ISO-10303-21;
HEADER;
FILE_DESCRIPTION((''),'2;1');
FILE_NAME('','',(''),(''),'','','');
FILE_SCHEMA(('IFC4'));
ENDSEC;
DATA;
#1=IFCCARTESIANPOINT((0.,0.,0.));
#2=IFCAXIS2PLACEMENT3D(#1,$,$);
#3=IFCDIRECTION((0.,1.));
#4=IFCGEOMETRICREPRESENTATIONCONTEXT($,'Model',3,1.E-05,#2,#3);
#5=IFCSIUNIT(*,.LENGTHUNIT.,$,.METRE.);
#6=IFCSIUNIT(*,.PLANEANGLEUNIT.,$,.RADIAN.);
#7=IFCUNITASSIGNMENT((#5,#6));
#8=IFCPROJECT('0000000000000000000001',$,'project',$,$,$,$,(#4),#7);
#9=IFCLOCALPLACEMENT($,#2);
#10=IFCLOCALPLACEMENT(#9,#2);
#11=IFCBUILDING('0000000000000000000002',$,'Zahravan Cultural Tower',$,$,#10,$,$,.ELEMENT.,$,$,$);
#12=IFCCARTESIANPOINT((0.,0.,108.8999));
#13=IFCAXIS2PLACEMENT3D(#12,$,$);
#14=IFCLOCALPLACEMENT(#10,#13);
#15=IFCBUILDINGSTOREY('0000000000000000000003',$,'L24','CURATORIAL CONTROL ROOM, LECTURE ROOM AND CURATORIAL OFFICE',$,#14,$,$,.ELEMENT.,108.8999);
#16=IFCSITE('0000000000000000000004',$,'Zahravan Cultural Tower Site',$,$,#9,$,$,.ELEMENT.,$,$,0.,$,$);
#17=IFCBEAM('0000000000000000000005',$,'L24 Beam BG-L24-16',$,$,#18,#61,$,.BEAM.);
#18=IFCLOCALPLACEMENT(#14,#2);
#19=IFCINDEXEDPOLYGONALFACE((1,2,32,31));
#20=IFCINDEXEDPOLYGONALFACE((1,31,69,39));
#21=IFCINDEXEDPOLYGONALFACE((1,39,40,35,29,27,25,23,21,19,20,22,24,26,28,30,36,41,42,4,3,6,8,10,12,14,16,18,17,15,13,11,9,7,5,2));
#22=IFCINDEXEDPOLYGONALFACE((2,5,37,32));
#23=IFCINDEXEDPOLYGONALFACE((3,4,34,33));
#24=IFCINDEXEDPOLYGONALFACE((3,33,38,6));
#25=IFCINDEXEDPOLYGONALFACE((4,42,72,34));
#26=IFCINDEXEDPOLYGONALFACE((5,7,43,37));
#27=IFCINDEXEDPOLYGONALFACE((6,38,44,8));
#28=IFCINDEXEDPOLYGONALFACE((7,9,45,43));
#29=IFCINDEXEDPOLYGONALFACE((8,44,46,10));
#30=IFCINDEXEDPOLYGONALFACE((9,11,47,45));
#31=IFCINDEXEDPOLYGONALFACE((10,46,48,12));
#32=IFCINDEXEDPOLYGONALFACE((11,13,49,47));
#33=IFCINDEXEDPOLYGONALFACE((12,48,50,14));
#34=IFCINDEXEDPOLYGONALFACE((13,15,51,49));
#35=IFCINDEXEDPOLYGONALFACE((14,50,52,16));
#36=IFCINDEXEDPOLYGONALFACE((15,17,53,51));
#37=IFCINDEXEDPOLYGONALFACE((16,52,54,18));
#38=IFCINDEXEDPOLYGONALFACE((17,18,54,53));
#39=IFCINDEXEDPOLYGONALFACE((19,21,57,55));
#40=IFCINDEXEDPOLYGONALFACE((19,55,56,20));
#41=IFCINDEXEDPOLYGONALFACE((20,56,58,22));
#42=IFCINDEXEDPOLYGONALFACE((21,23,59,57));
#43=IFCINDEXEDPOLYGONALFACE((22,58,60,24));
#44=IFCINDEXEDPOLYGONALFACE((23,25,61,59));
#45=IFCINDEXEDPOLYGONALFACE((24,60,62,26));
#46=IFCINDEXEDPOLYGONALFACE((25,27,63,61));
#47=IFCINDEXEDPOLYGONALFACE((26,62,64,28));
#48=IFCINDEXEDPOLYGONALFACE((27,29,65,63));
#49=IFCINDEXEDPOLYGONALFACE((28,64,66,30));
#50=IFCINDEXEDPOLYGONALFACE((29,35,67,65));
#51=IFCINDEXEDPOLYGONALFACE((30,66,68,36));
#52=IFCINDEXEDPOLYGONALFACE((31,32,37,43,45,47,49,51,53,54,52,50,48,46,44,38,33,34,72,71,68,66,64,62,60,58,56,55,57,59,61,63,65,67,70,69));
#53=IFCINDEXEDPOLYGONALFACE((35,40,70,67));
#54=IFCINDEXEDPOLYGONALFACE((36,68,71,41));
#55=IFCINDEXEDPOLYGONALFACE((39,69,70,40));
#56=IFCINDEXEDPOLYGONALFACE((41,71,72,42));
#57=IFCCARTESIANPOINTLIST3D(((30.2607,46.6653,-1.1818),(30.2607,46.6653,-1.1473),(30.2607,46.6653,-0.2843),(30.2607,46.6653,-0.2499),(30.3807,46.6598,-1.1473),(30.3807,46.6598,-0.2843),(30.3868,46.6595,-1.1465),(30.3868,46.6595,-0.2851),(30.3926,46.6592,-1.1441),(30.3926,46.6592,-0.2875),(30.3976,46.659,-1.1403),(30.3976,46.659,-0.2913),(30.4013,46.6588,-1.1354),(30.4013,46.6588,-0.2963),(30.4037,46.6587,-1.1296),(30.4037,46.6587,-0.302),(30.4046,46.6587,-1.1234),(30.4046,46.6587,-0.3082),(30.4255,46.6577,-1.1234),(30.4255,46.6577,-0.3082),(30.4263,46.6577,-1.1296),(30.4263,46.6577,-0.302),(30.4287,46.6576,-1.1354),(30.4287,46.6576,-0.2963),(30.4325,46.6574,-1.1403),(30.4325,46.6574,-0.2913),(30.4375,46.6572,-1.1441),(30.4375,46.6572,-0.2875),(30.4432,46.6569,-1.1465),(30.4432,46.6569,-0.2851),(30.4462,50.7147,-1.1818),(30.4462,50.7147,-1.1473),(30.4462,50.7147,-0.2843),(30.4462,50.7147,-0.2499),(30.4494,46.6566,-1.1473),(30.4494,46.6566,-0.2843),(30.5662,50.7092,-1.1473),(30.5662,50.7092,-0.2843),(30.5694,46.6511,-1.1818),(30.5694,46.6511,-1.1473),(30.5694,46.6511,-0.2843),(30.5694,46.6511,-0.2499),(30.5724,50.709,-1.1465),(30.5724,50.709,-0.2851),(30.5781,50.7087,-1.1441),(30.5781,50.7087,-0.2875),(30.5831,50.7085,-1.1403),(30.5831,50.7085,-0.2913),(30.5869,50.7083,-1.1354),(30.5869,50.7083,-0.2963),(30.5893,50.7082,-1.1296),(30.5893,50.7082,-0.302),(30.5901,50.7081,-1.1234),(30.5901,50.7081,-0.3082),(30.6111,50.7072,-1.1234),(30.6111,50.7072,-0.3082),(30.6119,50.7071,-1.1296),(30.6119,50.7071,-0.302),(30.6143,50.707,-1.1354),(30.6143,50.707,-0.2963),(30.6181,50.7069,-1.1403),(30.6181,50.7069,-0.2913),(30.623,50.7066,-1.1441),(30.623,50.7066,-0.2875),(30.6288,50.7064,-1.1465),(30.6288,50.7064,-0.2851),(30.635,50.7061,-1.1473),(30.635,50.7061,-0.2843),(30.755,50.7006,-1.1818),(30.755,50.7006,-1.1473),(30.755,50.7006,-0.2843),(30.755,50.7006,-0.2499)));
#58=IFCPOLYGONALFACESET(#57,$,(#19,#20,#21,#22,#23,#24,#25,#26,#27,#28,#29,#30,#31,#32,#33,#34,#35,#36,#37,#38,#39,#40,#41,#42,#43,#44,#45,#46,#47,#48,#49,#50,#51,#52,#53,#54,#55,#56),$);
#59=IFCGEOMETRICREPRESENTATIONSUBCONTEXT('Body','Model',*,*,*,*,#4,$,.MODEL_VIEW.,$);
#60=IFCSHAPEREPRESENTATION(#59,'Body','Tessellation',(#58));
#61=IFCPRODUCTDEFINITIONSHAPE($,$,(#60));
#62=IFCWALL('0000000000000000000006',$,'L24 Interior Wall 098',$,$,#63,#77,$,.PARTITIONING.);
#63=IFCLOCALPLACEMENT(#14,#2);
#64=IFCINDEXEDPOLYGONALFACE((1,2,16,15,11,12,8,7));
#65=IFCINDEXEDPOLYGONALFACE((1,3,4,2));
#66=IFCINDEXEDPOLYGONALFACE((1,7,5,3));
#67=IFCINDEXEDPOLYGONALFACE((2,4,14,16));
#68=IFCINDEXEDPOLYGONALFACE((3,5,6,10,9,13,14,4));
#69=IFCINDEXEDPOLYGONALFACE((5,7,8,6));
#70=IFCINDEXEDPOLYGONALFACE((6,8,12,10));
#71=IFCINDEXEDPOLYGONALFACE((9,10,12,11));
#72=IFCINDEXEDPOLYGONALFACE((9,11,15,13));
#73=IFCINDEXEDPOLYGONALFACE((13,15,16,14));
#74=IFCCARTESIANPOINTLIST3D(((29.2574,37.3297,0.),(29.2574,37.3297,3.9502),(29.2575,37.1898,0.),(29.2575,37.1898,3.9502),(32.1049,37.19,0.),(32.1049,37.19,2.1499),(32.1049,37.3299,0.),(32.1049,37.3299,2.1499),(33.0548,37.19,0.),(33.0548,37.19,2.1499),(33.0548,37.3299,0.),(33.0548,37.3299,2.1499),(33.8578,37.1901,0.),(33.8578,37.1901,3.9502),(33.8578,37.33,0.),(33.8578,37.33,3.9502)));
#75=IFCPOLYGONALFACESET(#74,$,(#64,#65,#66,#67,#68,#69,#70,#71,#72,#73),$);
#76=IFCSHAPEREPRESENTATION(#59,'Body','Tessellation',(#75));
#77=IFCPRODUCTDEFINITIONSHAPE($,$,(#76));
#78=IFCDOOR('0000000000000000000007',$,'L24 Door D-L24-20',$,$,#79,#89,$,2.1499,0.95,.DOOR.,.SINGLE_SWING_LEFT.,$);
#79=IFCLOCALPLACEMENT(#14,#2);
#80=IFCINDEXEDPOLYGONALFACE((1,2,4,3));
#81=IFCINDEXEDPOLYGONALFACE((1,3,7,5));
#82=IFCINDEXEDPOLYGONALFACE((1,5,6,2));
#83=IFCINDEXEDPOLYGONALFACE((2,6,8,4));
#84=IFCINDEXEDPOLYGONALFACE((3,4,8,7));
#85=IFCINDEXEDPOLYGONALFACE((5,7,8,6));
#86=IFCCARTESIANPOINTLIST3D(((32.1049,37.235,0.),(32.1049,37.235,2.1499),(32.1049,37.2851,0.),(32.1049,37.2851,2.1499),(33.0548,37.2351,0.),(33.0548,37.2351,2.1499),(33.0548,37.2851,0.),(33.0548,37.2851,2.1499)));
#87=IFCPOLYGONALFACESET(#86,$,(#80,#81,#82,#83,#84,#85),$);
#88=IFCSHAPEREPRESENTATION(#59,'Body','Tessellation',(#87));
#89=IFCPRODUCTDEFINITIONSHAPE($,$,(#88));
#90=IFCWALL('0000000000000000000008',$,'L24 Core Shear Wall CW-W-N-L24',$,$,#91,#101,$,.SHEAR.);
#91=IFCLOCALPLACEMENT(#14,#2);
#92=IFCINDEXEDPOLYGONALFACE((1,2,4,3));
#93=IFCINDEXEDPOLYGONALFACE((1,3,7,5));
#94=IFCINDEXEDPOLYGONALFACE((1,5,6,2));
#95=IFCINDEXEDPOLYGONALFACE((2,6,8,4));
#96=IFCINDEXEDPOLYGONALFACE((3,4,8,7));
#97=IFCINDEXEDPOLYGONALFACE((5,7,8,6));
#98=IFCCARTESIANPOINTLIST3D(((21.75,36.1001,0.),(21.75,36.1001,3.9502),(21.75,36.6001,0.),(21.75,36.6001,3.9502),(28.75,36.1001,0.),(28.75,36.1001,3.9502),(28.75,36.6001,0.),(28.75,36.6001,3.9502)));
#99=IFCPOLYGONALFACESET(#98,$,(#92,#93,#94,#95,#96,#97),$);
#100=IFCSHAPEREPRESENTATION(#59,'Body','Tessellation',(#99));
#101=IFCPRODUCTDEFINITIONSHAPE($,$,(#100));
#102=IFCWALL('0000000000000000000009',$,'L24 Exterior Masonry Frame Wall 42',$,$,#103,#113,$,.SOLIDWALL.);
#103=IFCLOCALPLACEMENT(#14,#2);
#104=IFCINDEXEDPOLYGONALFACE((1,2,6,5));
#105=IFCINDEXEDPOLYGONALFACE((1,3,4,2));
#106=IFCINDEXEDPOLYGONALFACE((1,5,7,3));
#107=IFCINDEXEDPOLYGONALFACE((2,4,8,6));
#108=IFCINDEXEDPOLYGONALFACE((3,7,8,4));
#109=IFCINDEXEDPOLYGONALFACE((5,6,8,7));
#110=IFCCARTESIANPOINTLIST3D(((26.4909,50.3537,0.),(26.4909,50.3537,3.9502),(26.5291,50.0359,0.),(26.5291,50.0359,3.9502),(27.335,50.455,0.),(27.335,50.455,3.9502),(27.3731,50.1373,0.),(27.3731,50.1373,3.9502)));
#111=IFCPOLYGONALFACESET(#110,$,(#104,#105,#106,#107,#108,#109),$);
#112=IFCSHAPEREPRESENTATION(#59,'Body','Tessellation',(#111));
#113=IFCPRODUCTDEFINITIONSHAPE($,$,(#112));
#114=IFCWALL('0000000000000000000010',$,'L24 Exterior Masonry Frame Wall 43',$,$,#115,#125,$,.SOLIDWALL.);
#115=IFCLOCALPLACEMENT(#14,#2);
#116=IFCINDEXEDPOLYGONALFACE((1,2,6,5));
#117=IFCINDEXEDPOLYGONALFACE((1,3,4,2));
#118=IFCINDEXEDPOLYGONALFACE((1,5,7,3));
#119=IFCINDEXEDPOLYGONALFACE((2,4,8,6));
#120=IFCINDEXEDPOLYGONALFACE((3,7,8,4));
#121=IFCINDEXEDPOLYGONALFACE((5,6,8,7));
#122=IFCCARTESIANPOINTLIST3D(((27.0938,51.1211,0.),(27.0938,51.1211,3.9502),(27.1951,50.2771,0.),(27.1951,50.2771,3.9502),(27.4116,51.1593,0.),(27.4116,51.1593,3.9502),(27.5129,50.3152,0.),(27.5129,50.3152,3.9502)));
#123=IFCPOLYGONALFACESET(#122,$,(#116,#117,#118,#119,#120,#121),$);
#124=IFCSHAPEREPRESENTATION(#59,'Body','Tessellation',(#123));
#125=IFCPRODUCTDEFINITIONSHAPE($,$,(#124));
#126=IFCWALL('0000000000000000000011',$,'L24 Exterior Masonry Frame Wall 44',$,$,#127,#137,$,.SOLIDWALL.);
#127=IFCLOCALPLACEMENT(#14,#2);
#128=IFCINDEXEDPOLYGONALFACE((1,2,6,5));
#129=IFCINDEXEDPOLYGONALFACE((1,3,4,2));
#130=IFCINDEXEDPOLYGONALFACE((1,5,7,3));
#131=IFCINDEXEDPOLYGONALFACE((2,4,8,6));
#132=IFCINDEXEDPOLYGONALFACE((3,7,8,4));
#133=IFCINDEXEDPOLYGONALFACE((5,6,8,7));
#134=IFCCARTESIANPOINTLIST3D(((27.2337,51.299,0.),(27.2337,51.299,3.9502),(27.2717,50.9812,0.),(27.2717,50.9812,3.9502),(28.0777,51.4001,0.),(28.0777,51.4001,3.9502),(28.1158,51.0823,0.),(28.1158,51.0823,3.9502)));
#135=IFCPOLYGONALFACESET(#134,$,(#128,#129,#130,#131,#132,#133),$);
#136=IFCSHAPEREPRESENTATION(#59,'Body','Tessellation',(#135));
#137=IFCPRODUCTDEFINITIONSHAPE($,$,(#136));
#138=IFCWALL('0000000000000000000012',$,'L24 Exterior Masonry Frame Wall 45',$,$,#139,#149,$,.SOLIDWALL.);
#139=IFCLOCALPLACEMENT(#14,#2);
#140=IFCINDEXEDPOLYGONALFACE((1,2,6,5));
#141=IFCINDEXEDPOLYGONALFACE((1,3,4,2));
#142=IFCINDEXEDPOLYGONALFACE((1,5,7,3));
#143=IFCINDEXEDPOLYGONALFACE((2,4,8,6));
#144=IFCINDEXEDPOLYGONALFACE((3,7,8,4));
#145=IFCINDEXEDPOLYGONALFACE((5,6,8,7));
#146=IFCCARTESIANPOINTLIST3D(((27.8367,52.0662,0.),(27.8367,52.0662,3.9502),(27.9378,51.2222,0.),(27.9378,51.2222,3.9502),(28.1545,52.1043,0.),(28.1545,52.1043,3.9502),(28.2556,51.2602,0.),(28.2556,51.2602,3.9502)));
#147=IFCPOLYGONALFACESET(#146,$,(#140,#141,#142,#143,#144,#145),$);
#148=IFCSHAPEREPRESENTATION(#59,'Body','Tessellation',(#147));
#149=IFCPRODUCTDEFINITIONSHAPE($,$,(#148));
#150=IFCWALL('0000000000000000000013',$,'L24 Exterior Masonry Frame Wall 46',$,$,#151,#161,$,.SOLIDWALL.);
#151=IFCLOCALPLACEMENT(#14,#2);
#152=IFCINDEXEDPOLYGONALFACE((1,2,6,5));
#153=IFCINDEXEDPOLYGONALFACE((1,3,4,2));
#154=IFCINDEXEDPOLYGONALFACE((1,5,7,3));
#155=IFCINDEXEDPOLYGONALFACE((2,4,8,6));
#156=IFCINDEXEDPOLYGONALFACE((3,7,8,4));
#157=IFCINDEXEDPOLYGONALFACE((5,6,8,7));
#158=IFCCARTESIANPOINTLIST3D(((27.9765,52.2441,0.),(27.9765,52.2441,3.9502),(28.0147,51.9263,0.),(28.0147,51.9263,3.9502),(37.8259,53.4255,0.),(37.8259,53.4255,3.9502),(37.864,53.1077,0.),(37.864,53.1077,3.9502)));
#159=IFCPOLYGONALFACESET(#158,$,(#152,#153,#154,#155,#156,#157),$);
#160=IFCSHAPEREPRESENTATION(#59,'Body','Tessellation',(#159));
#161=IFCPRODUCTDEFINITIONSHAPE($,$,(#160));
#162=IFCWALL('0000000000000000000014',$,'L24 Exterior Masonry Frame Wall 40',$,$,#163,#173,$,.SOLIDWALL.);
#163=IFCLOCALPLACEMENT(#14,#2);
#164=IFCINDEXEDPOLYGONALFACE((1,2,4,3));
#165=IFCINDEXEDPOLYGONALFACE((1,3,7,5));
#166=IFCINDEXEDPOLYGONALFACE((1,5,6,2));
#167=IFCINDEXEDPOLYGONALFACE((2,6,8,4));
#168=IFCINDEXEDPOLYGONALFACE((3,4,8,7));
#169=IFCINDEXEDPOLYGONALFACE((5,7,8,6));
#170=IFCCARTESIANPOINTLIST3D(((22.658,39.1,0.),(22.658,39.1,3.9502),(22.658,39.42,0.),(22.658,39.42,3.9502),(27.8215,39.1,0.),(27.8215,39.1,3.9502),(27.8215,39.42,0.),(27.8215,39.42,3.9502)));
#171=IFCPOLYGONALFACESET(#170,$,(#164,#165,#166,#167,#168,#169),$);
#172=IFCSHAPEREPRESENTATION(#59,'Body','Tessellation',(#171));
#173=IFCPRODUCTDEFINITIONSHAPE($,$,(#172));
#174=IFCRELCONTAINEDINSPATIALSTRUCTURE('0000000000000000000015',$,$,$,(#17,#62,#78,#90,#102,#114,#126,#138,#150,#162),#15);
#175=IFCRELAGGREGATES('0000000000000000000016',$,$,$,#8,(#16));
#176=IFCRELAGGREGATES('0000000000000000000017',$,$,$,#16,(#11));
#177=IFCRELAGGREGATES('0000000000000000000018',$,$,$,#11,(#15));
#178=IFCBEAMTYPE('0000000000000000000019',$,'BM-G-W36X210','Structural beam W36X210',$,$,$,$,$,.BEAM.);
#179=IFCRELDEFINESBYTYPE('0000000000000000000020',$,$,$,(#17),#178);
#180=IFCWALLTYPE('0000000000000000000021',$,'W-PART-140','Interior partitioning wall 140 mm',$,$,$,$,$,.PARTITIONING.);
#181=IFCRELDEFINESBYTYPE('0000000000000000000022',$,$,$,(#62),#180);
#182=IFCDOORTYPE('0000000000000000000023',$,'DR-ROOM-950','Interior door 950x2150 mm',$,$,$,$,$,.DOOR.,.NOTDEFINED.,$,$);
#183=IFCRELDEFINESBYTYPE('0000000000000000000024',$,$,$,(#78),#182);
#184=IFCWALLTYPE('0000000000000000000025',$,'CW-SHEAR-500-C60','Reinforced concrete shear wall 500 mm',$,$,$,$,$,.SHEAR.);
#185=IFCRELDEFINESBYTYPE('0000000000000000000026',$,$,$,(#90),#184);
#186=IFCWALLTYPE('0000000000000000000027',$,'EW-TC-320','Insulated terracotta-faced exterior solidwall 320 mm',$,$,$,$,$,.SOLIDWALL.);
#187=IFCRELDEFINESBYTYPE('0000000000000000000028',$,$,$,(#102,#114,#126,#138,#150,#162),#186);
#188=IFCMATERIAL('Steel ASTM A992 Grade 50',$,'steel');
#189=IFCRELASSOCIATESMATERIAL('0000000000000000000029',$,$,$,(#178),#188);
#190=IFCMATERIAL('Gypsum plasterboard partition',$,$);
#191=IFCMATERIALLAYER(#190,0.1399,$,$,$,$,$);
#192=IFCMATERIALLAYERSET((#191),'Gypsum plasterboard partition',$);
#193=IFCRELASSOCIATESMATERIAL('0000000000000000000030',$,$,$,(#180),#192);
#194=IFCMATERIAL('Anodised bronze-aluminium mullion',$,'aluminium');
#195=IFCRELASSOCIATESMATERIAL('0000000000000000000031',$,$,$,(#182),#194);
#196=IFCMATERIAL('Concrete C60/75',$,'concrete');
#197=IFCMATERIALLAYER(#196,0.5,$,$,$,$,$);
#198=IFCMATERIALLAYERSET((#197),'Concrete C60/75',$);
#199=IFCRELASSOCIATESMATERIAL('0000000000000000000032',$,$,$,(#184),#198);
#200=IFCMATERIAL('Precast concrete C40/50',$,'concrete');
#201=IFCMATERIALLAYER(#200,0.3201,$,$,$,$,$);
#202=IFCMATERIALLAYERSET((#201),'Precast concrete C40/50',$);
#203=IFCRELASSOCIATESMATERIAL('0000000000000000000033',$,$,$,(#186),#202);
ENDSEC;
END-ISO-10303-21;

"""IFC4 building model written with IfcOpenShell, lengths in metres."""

from ifc_helpers import new_model, si_unit, direction, frame, frame_2d, origin, origin_2d, place, context, subcontext, project, spatial, rectangle, i_section, extrude, source, transform, mapped, material, layer, layer_set, material_profile, profile_set, type_object, element, fill, save


model = new_model("IFC4")

# Units and contexts
model_context = context("Model", 3, precision=1e-05, world=origin(), true_north=direction((0.0, 1.0)))
body_context = subcontext(model_context, "Body", "Model", "MODEL_VIEW")
ifc_project = project(units=[si_unit("LENGTHUNIT", "METRE"), si_unit("PLANEANGLEUNIT", "RADIAN")], contexts=[model_context])

# Site, building, storey
site_placement = place(None, origin())
site = spatial("IfcSite", under=ifc_project, at=site_placement, Name="Zahravan Cultural Tower Site", CompositionType="ELEMENT", RefElevation=0.0)
building_placement = place(site_placement, origin())
building = spatial("IfcBuilding", under=site, at=building_placement, Name="Zahravan Cultural Tower", CompositionType="ELEMENT")
storey_placement = place(building_placement, frame((0.0, 0.0, 108.8999)))
storey = spatial("IfcBuildingStorey", under=building, at=storey_placement, Name="L24", Description="CURATORIAL CONTROL ROOM, LECTURE ROOM AND CURATORIAL OFFICE", CompositionType="ELEMENT", Elevation=108.8999)

# Shared definitions
ifc_material_1 = material(Name="Concrete C60/75", Category="concrete")
ifc_material_2 = material(Name="Steel ASTM A992 Grade 50", Category="steel")

# Beam
ifc_material_profile_1 = material_profile(ifc_material_2, i_section(OverallWidth=0.3091, OverallDepth=0.9319, WebThickness=0.021, FlangeThickness=0.0344, FilletRadius=0.0239, at=origin_2d()), Name="W36X210")
ifc_profile_set_1 = profile_set([ifc_material_profile_1], Name="Steel ASTM A992 Grade 50")
beam_type_1 = type_object("IfcBeamType", Name="BM-G-W36X210", Description="Structural beam W36X210", PredefinedType="BEAM", material=ifc_profile_set_1)
shared_shape_1 = source(origin(), body_context, "Body", "SweptSolid", [
    extrude(i_section(OverallWidth=0.3091, OverallDepth=0.9319, WebThickness=0.021, FlangeThickness=0.0344, FilletRadius=0.0239, at=origin_2d()), origin(), (0.0, 0.0, 1.0), 4.0537),
])
beam_1_placement = place(storey_placement, frame((30.415, 46.6582, -0.7158), z_axis=(0.045771, 0.998952, 0.0), x_axis=(-0.998952, 0.045771, 0.0)))
element("IfcBeam", 1, at=beam_1_placement, inside=storey, type_object=beam_type_1, Name="L24 Beam BG-L24-16", PredefinedType="BEAM", context=body_context, shape_type="MappedRepresentation", body=[
    mapped(shared_shape_1, transform((0.0, 0.0, 0.0), x_axis=(1.0, 0.0, 0.0), y_axis=(0.0, 1.0, 0.0), z_axis=(0.0, 0.0, 1.0), scale=1.0)),
])

# Wall, opening, door
ifc_material_3 = material(Name="Gypsum plasterboard partition")
ifc_layer_1 = layer(ifc_material_3, 0.1399)
ifc_layer_set_1 = layer_set([ifc_layer_1], Name="Gypsum plasterboard partition")
wall_type_1 = type_object("IfcWallType", Name="W-PART-140", Description="Interior partitioning wall 140 mm", PredefinedType="PARTITIONING", material=ifc_layer_set_1)
wall_1_placement = place(storey_placement, frame((33.8579, 37.26, 0.0), z_axis=(0.0, 0.0, 1.0), x_axis=(-1.0, -0.000053, 0.0)))
wall_1 = element("IfcWall", 2, at=wall_1_placement, inside=storey, type_object=wall_type_1, Name="L24 Interior Wall 098", PredefinedType="PARTITIONING", context=body_context, shape_type="SweptSolid", body=[
    extrude(rectangle(XDim=4.6003, YDim=0.1399, at=frame_2d((2.3003, 0.0))), origin(), (0.0, 0.0, 1.0), 3.9502),
])
opening_placement = place(wall_1_placement, frame((0.803, 0.0, 0.0)))
opening = element("IfcOpeningElement", 3, at=opening_placement, cuts=wall_1, PredefinedType="OPENING", context=body_context, shape_type="SweptSolid", body=[
    extrude(rectangle(XDim=0.95, YDim=2.1499, at=frame_2d((0.4751, 1.075))), frame((0.0, 0.0798, 0.0), z_axis=(0.0, -1.0, 0.0), x_axis=(1.0, 0.0, 0.0)), (0.0, 0.0, 1.0), 0.1599),
])
ifc_material_4 = material(Name="Anodised bronze-aluminium mullion", Category="aluminium")
door_type = type_object("IfcDoorType", Name="DR-ROOM-950", Description="Interior door 950x2150 mm", OperationType="NOTDEFINED", PredefinedType="DOOR", material=ifc_material_4)
shared_shape_2 = source(origin(), body_context, "Body", "SweptSolid", [
    extrude(rectangle(XDim=0.95, YDim=2.1499, at=frame_2d((0.4751, 1.075))), frame((0.0, 0.0249, 0.0), z_axis=(0.0, -1.0, 0.0), x_axis=(1.0, 0.0, 0.0)), (0.0, 0.0, 1.0), 0.05),
])
door_placement = place(opening_placement, origin())
door = element("IfcDoor", 4, at=door_placement, inside=storey, type_object=door_type, Name="L24 Door D-L24-20", OperationType="SINGLE_SWING_LEFT", OverallHeight=2.1499, OverallWidth=0.95, PredefinedType="DOOR", context=body_context, shape_type="MappedRepresentation", body=[
    mapped(shared_shape_2, transform((0.0, 0.0, 0.0), x_axis=(1.0, 0.0, 0.0), y_axis=(0.0, 1.0, 0.0), z_axis=(0.0, 0.0, 1.0), scale=1.0)),
])
fill(opening, door)

# Walls
ifc_layer_2 = layer(ifc_material_1, 0.5)
ifc_layer_set_2 = layer_set([ifc_layer_2], Name="Concrete C60/75")
wall_type_2 = type_object("IfcWallType", Name="CW-SHEAR-500-C60", Description="Reinforced concrete shear wall 500 mm", PredefinedType="SHEAR", material=ifc_layer_set_2)
shared_shape_3 = source(origin(), body_context, "Body", "SweptSolid", [
    extrude(rectangle(XDim=7.0, YDim=0.5, at=frame_2d((3.5, 0.0))), origin(), (0.0, 0.0, 1.0), 3.9502),
])
wall_2_placement = place(storey_placement, frame((21.75, 36.3501, 0.0), z_axis=(0.0, 0.0, 1.0), x_axis=(1.0, 0.0, 0.0)))
element("IfcWall", 5, at=wall_2_placement, inside=storey, type_object=wall_type_2, Name="L24 Core Shear Wall CW-W-N-L24", PredefinedType="SHEAR", context=body_context, shape_type="MappedRepresentation", body=[
    mapped(shared_shape_3, transform((0.0, 0.0, 0.0), x_axis=(1.0, 0.0, 0.0), y_axis=(0.0, 1.0, 0.0), z_axis=(0.0, 0.0, 1.0), scale=1.0)),
])
ifc_material_5 = material(Name="Precast concrete C40/50", Category="concrete")
ifc_layer_3 = layer(ifc_material_5, 0.3201)
ifc_layer_set_3 = layer_set([ifc_layer_3], Name="Precast concrete C40/50")
wall_type_3 = type_object("IfcWallType", Name="EW-TC-320", Description="Insulated terracotta-faced exterior solidwall 320 mm", PredefinedType="SOLIDWALL", material=ifc_layer_set_3)
shared_shape_4 = source(origin(), body_context, "Body", "SweptSolid", [
    extrude(rectangle(XDim=0.8501, YDim=0.3201, at=frame_2d((0.425, 0.0))), origin(), (0.0, 0.0, 1.0), 3.9502),
])
for number, where, z_axis, x_axis, name in (
    (6, (26.51, 50.1948, 0.0), (0.0, 0.0, 1.0), (0.992871, 0.119191, 0.0), "L24 Exterior Masonry Frame Wall 42"),
    (7, (27.354, 50.2961, 0.0), (0.0, 0.0, 1.0), (-0.119191, 0.992871, 0.0), "L24 Exterior Masonry Frame Wall 43"),
    (8, (27.2527, 51.1401, 0.0), (0.0, 0.0, 1.0), (0.992905, 0.118907, 0.0), "L24 Exterior Masonry Frame Wall 44"),
    (9, (28.0967, 51.2412, 0.0), (0.0, 0.0, 1.0), (-0.118907, 0.992905, 0.0), "L24 Exterior Masonry Frame Wall 45"),
):
    element("IfcWall", number, at=place(storey_placement, frame(where, z_axis=z_axis, x_axis=x_axis)), inside=storey, type_object=wall_type_3, Name=name, PredefinedType="SOLIDWALL", context=body_context, shape_type="MappedRepresentation", body=[
        mapped(shared_shape_4, transform((0.0, 0.0, 0.0), x_axis=(1.0, 0.0, 0.0), y_axis=(0.0, 1.0, 0.0), z_axis=(0.0, 0.0, 1.0), scale=1.0)),
    ])
shared_shape_5 = source(origin(), body_context, "Body", "SweptSolid", [
    extrude(rectangle(XDim=9.9199, YDim=0.3201, at=frame_2d((4.96, 0.0))), origin(), (0.0, 0.0, 1.0), 3.9502),
])
wall_3_placement = place(storey_placement, frame((27.9956, 52.0852, 0.0), z_axis=(0.0, 0.0, 1.0), x_axis=(0.992883, 0.119093, 0.0)))
element("IfcWall", 10, at=wall_3_placement, inside=storey, type_object=wall_type_3, Name="L24 Exterior Masonry Frame Wall 46", PredefinedType="SOLIDWALL", context=body_context, shape_type="MappedRepresentation", body=[
    mapped(shared_shape_5, transform((0.0, 0.0, 0.0), x_axis=(1.0, 0.0, 0.0), y_axis=(0.0, 1.0, 0.0), z_axis=(0.0, 0.0, 1.0), scale=1.0)),
])
shared_shape_6 = source(origin(), body_context, "Body", "SweptSolid", [
    extrude(rectangle(XDim=5.1636, YDim=0.3201, at=frame_2d((2.5818, 0.0))), origin(), (0.0, 0.0, 1.0), 3.9502),
])
wall_4_placement = place(storey_placement, frame((22.658, 39.26, 0.0), z_axis=(0.0, 0.0, 1.0), x_axis=(1.0, 0.0, 0.0)))
element("IfcWall", 11, at=wall_4_placement, inside=storey, type_object=wall_type_3, Name="L24 Exterior Masonry Frame Wall 40", PredefinedType="SOLIDWALL", context=body_context, shape_type="MappedRepresentation", body=[
    mapped(shared_shape_6, transform((0.0, 0.0, 0.0), x_axis=(1.0, 0.0, 0.0), y_axis=(0.0, 1.0, 0.0), z_axis=(0.0, 0.0, 1.0), scale=1.0)),
])

save(model, "model.ifc")
